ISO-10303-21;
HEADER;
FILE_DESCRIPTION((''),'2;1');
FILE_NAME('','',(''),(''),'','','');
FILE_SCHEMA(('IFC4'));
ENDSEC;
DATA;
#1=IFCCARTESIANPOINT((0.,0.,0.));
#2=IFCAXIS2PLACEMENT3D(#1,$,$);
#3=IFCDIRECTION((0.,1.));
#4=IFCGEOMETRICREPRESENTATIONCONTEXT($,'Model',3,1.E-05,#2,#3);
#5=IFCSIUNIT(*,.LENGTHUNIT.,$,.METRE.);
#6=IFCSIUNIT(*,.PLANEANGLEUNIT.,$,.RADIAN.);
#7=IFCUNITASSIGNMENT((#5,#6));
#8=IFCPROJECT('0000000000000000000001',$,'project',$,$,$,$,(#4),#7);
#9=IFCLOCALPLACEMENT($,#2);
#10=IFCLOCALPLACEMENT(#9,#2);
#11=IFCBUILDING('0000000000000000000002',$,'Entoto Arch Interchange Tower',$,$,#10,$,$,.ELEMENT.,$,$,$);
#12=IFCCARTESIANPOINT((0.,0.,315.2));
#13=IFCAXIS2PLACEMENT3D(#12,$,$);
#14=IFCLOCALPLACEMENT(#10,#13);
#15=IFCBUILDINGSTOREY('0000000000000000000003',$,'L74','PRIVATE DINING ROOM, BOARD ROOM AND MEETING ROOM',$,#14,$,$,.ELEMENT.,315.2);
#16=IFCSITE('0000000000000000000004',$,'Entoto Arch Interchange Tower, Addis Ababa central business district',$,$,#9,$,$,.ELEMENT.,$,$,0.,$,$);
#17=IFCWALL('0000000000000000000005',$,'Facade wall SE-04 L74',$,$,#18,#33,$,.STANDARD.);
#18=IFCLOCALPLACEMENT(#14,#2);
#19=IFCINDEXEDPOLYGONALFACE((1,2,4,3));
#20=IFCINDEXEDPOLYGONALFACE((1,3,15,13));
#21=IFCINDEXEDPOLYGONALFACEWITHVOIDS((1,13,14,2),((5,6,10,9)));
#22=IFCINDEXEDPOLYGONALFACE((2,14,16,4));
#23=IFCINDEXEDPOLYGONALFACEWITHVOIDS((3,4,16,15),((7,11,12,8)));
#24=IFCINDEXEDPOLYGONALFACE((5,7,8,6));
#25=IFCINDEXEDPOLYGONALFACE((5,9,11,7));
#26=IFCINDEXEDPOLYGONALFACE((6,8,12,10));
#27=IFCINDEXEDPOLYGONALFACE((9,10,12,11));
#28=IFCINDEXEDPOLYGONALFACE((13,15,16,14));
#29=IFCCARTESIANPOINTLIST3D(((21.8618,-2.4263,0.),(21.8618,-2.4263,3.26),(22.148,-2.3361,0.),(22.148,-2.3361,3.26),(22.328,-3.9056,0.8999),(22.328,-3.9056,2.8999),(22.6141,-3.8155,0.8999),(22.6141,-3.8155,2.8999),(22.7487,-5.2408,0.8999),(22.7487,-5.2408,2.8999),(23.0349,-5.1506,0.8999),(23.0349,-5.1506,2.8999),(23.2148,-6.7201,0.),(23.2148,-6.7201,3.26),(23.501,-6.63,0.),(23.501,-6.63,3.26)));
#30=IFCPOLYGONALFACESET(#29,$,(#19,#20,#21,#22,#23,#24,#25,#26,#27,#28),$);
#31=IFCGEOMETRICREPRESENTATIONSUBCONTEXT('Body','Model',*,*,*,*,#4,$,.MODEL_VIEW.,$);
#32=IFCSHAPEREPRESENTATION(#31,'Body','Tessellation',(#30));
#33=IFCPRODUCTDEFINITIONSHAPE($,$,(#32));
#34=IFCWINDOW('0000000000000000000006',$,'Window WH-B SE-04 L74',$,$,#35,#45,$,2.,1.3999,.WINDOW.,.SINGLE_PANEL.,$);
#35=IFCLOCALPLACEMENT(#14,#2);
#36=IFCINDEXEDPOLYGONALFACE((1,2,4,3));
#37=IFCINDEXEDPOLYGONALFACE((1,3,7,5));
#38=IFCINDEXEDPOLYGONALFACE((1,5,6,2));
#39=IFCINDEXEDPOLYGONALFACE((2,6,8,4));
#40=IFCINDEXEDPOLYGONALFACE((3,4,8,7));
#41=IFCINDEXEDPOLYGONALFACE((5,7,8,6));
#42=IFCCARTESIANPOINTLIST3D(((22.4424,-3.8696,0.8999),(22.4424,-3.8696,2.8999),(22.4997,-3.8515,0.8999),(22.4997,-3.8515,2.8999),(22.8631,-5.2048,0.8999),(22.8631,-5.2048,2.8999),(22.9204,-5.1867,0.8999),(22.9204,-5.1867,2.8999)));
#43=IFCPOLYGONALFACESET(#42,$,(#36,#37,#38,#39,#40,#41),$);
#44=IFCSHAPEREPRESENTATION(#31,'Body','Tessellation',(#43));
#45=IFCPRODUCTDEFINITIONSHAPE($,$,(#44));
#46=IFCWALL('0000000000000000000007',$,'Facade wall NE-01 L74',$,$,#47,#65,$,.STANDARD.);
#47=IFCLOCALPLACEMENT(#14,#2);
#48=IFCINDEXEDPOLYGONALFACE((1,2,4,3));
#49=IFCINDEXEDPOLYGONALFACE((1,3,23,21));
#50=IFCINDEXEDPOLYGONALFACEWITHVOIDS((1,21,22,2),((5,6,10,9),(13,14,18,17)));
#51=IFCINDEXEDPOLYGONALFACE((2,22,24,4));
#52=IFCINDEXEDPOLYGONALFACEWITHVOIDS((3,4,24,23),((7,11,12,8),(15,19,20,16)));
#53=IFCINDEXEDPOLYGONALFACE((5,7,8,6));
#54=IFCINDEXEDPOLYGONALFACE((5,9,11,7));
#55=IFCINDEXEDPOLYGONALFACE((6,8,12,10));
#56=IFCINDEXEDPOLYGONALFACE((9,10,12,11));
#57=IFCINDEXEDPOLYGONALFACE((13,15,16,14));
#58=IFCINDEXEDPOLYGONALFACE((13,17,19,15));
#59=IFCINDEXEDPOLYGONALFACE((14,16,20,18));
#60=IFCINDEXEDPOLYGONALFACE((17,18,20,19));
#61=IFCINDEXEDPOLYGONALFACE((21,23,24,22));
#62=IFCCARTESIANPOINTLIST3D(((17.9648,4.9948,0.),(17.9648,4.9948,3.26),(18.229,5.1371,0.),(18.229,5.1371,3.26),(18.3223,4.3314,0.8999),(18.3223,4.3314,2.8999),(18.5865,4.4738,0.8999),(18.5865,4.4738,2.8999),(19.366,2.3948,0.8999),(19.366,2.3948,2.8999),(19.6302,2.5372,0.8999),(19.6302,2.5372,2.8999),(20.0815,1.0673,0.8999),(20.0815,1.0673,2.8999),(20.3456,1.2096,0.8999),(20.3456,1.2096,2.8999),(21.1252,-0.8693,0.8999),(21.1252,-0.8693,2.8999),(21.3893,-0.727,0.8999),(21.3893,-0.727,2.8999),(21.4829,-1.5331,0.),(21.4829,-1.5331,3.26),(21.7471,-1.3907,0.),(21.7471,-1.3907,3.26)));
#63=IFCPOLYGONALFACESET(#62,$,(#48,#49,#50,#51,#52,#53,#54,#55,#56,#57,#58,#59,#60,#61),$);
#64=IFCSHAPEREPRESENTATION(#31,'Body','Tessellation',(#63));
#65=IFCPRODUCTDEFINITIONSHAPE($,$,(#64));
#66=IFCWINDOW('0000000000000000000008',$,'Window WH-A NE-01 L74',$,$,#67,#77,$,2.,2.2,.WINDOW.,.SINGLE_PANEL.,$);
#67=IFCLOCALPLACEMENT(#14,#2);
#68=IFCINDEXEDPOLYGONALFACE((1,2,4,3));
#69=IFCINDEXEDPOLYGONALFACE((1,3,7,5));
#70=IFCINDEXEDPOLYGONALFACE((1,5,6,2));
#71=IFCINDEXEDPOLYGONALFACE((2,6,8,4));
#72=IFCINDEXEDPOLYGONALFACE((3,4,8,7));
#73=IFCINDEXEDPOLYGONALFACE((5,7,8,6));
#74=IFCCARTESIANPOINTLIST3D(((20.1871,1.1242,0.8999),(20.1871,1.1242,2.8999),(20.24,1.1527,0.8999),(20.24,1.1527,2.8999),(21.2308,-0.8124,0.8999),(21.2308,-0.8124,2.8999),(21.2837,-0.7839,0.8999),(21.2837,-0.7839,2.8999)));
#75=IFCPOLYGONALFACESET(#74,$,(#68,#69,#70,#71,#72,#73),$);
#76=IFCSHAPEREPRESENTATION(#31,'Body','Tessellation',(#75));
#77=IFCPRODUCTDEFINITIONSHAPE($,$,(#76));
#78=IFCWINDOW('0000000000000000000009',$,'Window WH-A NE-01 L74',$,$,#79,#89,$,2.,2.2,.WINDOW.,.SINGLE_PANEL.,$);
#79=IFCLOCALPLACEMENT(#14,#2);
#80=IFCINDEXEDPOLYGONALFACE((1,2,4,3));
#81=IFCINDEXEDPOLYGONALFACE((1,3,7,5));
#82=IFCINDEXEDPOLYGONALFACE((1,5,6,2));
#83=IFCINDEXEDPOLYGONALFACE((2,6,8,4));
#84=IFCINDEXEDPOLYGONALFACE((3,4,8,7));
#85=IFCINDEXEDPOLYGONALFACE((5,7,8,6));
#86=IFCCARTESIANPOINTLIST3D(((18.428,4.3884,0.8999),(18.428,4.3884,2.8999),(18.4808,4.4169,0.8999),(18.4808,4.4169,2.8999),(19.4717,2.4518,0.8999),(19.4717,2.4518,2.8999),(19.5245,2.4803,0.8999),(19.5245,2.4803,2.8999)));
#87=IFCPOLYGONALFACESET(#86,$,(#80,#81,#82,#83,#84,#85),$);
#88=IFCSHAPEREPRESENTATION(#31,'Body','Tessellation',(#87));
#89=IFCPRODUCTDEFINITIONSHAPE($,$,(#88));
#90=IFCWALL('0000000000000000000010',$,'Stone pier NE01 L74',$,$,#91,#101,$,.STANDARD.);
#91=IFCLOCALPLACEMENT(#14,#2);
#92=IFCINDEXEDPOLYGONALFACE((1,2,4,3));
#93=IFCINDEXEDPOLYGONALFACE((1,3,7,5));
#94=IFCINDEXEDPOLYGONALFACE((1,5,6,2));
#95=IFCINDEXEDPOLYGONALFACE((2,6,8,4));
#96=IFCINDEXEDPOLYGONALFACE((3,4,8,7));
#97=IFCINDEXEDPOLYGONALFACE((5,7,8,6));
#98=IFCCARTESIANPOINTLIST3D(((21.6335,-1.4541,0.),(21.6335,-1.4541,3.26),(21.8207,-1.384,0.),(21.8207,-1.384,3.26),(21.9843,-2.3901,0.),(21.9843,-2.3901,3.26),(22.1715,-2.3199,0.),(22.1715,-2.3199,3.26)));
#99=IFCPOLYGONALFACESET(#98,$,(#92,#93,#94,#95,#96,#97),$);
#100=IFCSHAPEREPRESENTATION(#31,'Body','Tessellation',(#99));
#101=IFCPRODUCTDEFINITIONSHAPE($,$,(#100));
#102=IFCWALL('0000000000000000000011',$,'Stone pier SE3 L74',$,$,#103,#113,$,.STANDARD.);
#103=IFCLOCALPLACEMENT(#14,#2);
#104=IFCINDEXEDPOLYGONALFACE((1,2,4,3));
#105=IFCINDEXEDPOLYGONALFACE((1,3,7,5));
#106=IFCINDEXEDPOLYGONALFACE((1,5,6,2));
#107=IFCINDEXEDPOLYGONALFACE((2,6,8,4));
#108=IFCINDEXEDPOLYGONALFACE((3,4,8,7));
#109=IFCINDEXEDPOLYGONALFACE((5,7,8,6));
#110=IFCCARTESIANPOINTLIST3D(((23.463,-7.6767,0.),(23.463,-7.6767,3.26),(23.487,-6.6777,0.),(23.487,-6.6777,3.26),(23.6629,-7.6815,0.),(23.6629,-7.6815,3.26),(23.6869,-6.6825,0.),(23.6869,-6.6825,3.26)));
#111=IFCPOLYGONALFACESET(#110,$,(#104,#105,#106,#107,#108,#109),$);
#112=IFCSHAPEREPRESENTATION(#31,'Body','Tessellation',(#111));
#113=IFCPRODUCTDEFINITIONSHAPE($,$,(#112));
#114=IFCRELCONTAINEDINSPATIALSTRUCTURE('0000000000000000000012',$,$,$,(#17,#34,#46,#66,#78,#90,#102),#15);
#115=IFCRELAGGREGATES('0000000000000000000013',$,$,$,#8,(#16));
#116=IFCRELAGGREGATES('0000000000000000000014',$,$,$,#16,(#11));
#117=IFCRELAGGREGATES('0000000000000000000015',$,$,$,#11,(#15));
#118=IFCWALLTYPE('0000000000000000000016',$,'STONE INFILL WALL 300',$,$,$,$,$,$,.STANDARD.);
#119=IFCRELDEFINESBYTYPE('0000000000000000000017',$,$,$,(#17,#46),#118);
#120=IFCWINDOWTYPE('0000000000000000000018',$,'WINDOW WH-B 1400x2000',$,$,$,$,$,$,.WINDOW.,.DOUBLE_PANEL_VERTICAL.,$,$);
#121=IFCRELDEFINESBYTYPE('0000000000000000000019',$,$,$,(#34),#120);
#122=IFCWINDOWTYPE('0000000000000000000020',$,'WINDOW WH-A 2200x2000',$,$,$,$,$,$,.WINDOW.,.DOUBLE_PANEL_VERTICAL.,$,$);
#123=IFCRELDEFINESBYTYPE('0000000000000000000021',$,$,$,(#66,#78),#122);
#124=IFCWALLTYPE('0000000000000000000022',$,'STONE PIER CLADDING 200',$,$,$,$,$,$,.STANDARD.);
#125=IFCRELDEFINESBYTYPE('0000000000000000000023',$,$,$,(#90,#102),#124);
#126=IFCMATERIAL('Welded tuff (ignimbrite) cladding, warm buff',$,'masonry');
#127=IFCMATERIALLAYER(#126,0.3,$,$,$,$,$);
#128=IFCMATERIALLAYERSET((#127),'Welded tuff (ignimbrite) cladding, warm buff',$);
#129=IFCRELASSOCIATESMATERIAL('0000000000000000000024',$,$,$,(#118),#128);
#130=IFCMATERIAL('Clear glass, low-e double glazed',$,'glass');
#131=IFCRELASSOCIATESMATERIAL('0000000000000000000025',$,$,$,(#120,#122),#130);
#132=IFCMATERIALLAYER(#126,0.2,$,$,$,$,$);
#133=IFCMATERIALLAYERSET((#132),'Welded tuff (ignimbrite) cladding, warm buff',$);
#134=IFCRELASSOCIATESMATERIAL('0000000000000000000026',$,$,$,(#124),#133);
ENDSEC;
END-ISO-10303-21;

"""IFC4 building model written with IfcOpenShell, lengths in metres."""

from ifc_helpers import new_model, si_unit, direction, frame, frame_2d, origin, place, context, subcontext, project, spatial, rectangle, extrude, material, layer, layer_set, type_object, element, fill, save


model = new_model("IFC4")

# Units and contexts
model_context = context("Model", 3, precision=1e-05, world=origin(), true_north=direction((0.0, 1.0)))
body_context = subcontext(model_context, "Body", "Model", "MODEL_VIEW")
ifc_project = project(units=[si_unit("LENGTHUNIT", "METRE"), si_unit("PLANEANGLEUNIT", "RADIAN")], contexts=[model_context])

# Site, building, storey
site_placement = place(None, origin())
site = spatial("IfcSite", under=ifc_project, at=site_placement, Name="Entoto Arch Interchange Tower, Addis Ababa central business district", CompositionType="ELEMENT", RefElevation=0.0)
building_placement = place(site_placement, origin())
building = spatial("IfcBuilding", under=site, at=building_placement, Name="Entoto Arch Interchange Tower", CompositionType="ELEMENT")
storey_placement = place(building_placement, frame((0.0, 0.0, 315.2)))
storey = spatial("IfcBuildingStorey", under=building, at=storey_placement, Name="L74", Description="PRIVATE DINING ROOM, BOARD ROOM AND MEETING ROOM", CompositionType="ELEMENT", Elevation=315.2)

# Wall, opening, window
ifc_material_1 = material(Name="Welded tuff (ignimbrite) cladding, warm buff", Category="masonry")
ifc_layer_1 = layer(ifc_material_1, 0.3)
ifc_layer_set_1 = layer_set([ifc_layer_1], Name="Welded tuff (ignimbrite) cladding, warm buff")
wall_type_1 = type_object("IfcWallType", Name="STONE INFILL WALL 300", PredefinedType="STANDARD", material=ifc_layer_set_1)
wall_1_placement = place(storey_placement, frame((23.3579, -6.675, 0.0), z_axis=(0.0, 0.0, 1.0), x_axis=(-0.300534, 0.953771, 0.0)))
wall_1 = element("IfcWall", 1, at=wall_1_placement, inside=storey, type_object=wall_type_1, Name="Facade wall SE-04 L74", PredefinedType="STANDARD", context=body_context, shape_type="SweptSolid", body=[
    extrude(rectangle(XDim=4.502, YDim=0.3, at=frame_2d((2.251, 0.0))), origin(), (0.0, 0.0, 1.0), 3.26),
])
opening_1_placement = place(wall_1_placement, frame((1.551, 0.0, 0.8999)))
opening_1 = element("IfcOpeningElement", 2, at=opening_1_placement, cuts=wall_1, PredefinedType="OPENING", context=body_context, shape_type="SweptSolid", body=[
    extrude(rectangle(XDim=1.3999, YDim=2.0, at=frame_2d((0.7, 1.0))), frame((0.0, 0.1602, 0.0), z_axis=(0.0, -1.0, 0.0), x_axis=(1.0, 0.0, 0.0)), (0.0, 0.0, 1.0), 0.3201),
])
ifc_material_2 = material(Name="Clear glass, low-e double glazed", Category="glass")
window_type_1 = type_object("IfcWindowType", Name="WINDOW WH-B 1400x2000", PartitioningType="DOUBLE_PANEL_VERTICAL", PredefinedType="WINDOW", material=ifc_material_2)
window_1_placement = place(opening_1_placement, origin())
window_1 = element("IfcWindow", 3, at=window_1_placement, inside=storey, type_object=window_type_1, Name="Window WH-B SE-04 L74", OverallHeight=2.0, OverallWidth=1.3999, PartitioningType="SINGLE_PANEL", PredefinedType="WINDOW", context=body_context, shape_type="SweptSolid", body=[
    extrude(rectangle(XDim=1.3999, YDim=2.0, at=frame_2d((0.7, 1.0))), frame((0.0, 0.03, 0.0), z_axis=(0.0, -1.0, 0.0), x_axis=(1.0, 0.0, 0.0)), (0.0, 0.0, 1.0), 0.0601),
])
fill(opening_1, window_1)

# Wall, openings, windows
wall_2_placement = place(storey_placement, frame((21.615, -1.4619, 0.0), z_axis=(0.0, 0.0, 1.0), x_axis=(-0.474422, 0.880298, 0.0)))
wall_2 = element("IfcWall", 4, at=wall_2_placement, inside=storey, type_object=wall_type_1, Name="Facade wall NE-01 L74", PredefinedType="STANDARD", context=body_context, shape_type="SweptSolid", body=[
    extrude(rectangle(XDim=7.4155, YDim=0.3, at=frame_2d((3.7078, 0.0))), origin(), (0.0, 0.0, 1.0), 3.26),
])
opening_2_placement = place(wall_2_placement, frame((0.7539, 0.0, 0.8999)))
opening_2 = element("IfcOpeningElement", 5, at=opening_2_placement, cuts=wall_2, PredefinedType="OPENING", context=body_context, shape_type="SweptSolid", body=[
    extrude(rectangle(XDim=2.2, YDim=2.0, at=frame_2d((1.1001, 1.0))), frame((0.0, 0.1602, 0.0), z_axis=(0.0, -1.0, 0.0), x_axis=(1.0, 0.0, 0.0)), (0.0, 0.0, 1.0), 0.3201),
])
opening_3_placement = place(wall_2_placement, frame((4.4619, 0.0, 0.8999)))
opening_3 = element("IfcOpeningElement", 6, at=opening_3_placement, cuts=wall_2, PredefinedType="OPENING", context=body_context, shape_type="SweptSolid", body=[
    extrude(rectangle(XDim=2.2, YDim=2.0, at=frame_2d((1.1001, 1.0))), frame((0.0, 0.1602, 0.0), z_axis=(0.0, -1.0, 0.0), x_axis=(1.0, 0.0, 0.0)), (0.0, 0.0, 1.0), 0.3201),
])
window_type_2 = type_object("IfcWindowType", Name="WINDOW WH-A 2200x2000", PartitioningType="DOUBLE_PANEL_VERTICAL", PredefinedType="WINDOW", material=ifc_material_2)
window_2_placement = place(opening_2_placement, origin())
window_2 = element("IfcWindow", 7, at=window_2_placement, inside=storey, type_object=window_type_2, Name="Window WH-A NE-01 L74", OverallHeight=2.0, OverallWidth=2.2, PartitioningType="SINGLE_PANEL", PredefinedType="WINDOW", context=body_context, shape_type="SweptSolid", body=[
    extrude(rectangle(XDim=2.2, YDim=2.0, at=frame_2d((1.1001, 1.0))), frame((0.0, 0.03, 0.0), z_axis=(0.0, -1.0, 0.0), x_axis=(1.0, 0.0, 0.0)), (0.0, 0.0, 1.0), 0.0601),
])
fill(opening_2, window_2)
window_3_placement = place(opening_3_placement, origin())
window_3 = element("IfcWindow", 8, at=window_3_placement, inside=storey, type_object=window_type_2, Name="Window WH-A NE-01 L74", OverallHeight=2.0, OverallWidth=2.2, PartitioningType="SINGLE_PANEL", PredefinedType="WINDOW", context=body_context, shape_type="SweptSolid", body=[
    extrude(rectangle(XDim=2.2, YDim=2.0, at=frame_2d((1.1001, 1.0))), frame((0.0, 0.03, 0.0), z_axis=(0.0, -1.0, 0.0), x_axis=(1.0, 0.0, 0.0)), (0.0, 0.0, 1.0), 0.0601),
])
fill(opening_3, window_3)

# Walls
ifc_layer_2 = layer(ifc_material_1, 0.2)
ifc_layer_set_2 = layer_set([ifc_layer_2], Name="Welded tuff (ignimbrite) cladding, warm buff")
wall_type_2 = type_object("IfcWallType", Name="STONE PIER CLADDING 200", PredefinedType="STANDARD", material=ifc_layer_set_2)
wall_3_placement = place(storey_placement, frame((22.0779, -2.355, 0.0), z_axis=(0.0, 0.0, 1.0), x_axis=(-0.350963, 0.936389, 0.0)))
element("IfcWall", 9, at=wall_3_placement, inside=storey, type_object=wall_type_2, Name="Stone pier NE01 L74", PredefinedType="STANDARD", context=body_context, shape_type="SweptSolid", body=[
    extrude(rectangle(XDim=0.9995, YDim=0.2, at=frame_2d((0.4998, 0.0))), origin(), (0.0, 0.0, 1.0), 3.26),
])
wall_4_placement = place(storey_placement, frame((23.563, -7.679, 0.0), z_axis=(0.0, 0.0, 1.0), x_axis=(0.023942, 0.999713, 0.0)))
element("IfcWall", 10, at=wall_4_placement, inside=storey, type_object=wall_type_2, Name="Stone pier SE3 L74", PredefinedType="STANDARD", context=body_context, shape_type="SweptSolid", body=[
    extrude(rectangle(XDim=0.9993, YDim=0.2, at=frame_2d((0.4995, 0.0))), origin(), (0.0, 0.0, 1.0), 3.26),
])

save(model, "model.ifc")
